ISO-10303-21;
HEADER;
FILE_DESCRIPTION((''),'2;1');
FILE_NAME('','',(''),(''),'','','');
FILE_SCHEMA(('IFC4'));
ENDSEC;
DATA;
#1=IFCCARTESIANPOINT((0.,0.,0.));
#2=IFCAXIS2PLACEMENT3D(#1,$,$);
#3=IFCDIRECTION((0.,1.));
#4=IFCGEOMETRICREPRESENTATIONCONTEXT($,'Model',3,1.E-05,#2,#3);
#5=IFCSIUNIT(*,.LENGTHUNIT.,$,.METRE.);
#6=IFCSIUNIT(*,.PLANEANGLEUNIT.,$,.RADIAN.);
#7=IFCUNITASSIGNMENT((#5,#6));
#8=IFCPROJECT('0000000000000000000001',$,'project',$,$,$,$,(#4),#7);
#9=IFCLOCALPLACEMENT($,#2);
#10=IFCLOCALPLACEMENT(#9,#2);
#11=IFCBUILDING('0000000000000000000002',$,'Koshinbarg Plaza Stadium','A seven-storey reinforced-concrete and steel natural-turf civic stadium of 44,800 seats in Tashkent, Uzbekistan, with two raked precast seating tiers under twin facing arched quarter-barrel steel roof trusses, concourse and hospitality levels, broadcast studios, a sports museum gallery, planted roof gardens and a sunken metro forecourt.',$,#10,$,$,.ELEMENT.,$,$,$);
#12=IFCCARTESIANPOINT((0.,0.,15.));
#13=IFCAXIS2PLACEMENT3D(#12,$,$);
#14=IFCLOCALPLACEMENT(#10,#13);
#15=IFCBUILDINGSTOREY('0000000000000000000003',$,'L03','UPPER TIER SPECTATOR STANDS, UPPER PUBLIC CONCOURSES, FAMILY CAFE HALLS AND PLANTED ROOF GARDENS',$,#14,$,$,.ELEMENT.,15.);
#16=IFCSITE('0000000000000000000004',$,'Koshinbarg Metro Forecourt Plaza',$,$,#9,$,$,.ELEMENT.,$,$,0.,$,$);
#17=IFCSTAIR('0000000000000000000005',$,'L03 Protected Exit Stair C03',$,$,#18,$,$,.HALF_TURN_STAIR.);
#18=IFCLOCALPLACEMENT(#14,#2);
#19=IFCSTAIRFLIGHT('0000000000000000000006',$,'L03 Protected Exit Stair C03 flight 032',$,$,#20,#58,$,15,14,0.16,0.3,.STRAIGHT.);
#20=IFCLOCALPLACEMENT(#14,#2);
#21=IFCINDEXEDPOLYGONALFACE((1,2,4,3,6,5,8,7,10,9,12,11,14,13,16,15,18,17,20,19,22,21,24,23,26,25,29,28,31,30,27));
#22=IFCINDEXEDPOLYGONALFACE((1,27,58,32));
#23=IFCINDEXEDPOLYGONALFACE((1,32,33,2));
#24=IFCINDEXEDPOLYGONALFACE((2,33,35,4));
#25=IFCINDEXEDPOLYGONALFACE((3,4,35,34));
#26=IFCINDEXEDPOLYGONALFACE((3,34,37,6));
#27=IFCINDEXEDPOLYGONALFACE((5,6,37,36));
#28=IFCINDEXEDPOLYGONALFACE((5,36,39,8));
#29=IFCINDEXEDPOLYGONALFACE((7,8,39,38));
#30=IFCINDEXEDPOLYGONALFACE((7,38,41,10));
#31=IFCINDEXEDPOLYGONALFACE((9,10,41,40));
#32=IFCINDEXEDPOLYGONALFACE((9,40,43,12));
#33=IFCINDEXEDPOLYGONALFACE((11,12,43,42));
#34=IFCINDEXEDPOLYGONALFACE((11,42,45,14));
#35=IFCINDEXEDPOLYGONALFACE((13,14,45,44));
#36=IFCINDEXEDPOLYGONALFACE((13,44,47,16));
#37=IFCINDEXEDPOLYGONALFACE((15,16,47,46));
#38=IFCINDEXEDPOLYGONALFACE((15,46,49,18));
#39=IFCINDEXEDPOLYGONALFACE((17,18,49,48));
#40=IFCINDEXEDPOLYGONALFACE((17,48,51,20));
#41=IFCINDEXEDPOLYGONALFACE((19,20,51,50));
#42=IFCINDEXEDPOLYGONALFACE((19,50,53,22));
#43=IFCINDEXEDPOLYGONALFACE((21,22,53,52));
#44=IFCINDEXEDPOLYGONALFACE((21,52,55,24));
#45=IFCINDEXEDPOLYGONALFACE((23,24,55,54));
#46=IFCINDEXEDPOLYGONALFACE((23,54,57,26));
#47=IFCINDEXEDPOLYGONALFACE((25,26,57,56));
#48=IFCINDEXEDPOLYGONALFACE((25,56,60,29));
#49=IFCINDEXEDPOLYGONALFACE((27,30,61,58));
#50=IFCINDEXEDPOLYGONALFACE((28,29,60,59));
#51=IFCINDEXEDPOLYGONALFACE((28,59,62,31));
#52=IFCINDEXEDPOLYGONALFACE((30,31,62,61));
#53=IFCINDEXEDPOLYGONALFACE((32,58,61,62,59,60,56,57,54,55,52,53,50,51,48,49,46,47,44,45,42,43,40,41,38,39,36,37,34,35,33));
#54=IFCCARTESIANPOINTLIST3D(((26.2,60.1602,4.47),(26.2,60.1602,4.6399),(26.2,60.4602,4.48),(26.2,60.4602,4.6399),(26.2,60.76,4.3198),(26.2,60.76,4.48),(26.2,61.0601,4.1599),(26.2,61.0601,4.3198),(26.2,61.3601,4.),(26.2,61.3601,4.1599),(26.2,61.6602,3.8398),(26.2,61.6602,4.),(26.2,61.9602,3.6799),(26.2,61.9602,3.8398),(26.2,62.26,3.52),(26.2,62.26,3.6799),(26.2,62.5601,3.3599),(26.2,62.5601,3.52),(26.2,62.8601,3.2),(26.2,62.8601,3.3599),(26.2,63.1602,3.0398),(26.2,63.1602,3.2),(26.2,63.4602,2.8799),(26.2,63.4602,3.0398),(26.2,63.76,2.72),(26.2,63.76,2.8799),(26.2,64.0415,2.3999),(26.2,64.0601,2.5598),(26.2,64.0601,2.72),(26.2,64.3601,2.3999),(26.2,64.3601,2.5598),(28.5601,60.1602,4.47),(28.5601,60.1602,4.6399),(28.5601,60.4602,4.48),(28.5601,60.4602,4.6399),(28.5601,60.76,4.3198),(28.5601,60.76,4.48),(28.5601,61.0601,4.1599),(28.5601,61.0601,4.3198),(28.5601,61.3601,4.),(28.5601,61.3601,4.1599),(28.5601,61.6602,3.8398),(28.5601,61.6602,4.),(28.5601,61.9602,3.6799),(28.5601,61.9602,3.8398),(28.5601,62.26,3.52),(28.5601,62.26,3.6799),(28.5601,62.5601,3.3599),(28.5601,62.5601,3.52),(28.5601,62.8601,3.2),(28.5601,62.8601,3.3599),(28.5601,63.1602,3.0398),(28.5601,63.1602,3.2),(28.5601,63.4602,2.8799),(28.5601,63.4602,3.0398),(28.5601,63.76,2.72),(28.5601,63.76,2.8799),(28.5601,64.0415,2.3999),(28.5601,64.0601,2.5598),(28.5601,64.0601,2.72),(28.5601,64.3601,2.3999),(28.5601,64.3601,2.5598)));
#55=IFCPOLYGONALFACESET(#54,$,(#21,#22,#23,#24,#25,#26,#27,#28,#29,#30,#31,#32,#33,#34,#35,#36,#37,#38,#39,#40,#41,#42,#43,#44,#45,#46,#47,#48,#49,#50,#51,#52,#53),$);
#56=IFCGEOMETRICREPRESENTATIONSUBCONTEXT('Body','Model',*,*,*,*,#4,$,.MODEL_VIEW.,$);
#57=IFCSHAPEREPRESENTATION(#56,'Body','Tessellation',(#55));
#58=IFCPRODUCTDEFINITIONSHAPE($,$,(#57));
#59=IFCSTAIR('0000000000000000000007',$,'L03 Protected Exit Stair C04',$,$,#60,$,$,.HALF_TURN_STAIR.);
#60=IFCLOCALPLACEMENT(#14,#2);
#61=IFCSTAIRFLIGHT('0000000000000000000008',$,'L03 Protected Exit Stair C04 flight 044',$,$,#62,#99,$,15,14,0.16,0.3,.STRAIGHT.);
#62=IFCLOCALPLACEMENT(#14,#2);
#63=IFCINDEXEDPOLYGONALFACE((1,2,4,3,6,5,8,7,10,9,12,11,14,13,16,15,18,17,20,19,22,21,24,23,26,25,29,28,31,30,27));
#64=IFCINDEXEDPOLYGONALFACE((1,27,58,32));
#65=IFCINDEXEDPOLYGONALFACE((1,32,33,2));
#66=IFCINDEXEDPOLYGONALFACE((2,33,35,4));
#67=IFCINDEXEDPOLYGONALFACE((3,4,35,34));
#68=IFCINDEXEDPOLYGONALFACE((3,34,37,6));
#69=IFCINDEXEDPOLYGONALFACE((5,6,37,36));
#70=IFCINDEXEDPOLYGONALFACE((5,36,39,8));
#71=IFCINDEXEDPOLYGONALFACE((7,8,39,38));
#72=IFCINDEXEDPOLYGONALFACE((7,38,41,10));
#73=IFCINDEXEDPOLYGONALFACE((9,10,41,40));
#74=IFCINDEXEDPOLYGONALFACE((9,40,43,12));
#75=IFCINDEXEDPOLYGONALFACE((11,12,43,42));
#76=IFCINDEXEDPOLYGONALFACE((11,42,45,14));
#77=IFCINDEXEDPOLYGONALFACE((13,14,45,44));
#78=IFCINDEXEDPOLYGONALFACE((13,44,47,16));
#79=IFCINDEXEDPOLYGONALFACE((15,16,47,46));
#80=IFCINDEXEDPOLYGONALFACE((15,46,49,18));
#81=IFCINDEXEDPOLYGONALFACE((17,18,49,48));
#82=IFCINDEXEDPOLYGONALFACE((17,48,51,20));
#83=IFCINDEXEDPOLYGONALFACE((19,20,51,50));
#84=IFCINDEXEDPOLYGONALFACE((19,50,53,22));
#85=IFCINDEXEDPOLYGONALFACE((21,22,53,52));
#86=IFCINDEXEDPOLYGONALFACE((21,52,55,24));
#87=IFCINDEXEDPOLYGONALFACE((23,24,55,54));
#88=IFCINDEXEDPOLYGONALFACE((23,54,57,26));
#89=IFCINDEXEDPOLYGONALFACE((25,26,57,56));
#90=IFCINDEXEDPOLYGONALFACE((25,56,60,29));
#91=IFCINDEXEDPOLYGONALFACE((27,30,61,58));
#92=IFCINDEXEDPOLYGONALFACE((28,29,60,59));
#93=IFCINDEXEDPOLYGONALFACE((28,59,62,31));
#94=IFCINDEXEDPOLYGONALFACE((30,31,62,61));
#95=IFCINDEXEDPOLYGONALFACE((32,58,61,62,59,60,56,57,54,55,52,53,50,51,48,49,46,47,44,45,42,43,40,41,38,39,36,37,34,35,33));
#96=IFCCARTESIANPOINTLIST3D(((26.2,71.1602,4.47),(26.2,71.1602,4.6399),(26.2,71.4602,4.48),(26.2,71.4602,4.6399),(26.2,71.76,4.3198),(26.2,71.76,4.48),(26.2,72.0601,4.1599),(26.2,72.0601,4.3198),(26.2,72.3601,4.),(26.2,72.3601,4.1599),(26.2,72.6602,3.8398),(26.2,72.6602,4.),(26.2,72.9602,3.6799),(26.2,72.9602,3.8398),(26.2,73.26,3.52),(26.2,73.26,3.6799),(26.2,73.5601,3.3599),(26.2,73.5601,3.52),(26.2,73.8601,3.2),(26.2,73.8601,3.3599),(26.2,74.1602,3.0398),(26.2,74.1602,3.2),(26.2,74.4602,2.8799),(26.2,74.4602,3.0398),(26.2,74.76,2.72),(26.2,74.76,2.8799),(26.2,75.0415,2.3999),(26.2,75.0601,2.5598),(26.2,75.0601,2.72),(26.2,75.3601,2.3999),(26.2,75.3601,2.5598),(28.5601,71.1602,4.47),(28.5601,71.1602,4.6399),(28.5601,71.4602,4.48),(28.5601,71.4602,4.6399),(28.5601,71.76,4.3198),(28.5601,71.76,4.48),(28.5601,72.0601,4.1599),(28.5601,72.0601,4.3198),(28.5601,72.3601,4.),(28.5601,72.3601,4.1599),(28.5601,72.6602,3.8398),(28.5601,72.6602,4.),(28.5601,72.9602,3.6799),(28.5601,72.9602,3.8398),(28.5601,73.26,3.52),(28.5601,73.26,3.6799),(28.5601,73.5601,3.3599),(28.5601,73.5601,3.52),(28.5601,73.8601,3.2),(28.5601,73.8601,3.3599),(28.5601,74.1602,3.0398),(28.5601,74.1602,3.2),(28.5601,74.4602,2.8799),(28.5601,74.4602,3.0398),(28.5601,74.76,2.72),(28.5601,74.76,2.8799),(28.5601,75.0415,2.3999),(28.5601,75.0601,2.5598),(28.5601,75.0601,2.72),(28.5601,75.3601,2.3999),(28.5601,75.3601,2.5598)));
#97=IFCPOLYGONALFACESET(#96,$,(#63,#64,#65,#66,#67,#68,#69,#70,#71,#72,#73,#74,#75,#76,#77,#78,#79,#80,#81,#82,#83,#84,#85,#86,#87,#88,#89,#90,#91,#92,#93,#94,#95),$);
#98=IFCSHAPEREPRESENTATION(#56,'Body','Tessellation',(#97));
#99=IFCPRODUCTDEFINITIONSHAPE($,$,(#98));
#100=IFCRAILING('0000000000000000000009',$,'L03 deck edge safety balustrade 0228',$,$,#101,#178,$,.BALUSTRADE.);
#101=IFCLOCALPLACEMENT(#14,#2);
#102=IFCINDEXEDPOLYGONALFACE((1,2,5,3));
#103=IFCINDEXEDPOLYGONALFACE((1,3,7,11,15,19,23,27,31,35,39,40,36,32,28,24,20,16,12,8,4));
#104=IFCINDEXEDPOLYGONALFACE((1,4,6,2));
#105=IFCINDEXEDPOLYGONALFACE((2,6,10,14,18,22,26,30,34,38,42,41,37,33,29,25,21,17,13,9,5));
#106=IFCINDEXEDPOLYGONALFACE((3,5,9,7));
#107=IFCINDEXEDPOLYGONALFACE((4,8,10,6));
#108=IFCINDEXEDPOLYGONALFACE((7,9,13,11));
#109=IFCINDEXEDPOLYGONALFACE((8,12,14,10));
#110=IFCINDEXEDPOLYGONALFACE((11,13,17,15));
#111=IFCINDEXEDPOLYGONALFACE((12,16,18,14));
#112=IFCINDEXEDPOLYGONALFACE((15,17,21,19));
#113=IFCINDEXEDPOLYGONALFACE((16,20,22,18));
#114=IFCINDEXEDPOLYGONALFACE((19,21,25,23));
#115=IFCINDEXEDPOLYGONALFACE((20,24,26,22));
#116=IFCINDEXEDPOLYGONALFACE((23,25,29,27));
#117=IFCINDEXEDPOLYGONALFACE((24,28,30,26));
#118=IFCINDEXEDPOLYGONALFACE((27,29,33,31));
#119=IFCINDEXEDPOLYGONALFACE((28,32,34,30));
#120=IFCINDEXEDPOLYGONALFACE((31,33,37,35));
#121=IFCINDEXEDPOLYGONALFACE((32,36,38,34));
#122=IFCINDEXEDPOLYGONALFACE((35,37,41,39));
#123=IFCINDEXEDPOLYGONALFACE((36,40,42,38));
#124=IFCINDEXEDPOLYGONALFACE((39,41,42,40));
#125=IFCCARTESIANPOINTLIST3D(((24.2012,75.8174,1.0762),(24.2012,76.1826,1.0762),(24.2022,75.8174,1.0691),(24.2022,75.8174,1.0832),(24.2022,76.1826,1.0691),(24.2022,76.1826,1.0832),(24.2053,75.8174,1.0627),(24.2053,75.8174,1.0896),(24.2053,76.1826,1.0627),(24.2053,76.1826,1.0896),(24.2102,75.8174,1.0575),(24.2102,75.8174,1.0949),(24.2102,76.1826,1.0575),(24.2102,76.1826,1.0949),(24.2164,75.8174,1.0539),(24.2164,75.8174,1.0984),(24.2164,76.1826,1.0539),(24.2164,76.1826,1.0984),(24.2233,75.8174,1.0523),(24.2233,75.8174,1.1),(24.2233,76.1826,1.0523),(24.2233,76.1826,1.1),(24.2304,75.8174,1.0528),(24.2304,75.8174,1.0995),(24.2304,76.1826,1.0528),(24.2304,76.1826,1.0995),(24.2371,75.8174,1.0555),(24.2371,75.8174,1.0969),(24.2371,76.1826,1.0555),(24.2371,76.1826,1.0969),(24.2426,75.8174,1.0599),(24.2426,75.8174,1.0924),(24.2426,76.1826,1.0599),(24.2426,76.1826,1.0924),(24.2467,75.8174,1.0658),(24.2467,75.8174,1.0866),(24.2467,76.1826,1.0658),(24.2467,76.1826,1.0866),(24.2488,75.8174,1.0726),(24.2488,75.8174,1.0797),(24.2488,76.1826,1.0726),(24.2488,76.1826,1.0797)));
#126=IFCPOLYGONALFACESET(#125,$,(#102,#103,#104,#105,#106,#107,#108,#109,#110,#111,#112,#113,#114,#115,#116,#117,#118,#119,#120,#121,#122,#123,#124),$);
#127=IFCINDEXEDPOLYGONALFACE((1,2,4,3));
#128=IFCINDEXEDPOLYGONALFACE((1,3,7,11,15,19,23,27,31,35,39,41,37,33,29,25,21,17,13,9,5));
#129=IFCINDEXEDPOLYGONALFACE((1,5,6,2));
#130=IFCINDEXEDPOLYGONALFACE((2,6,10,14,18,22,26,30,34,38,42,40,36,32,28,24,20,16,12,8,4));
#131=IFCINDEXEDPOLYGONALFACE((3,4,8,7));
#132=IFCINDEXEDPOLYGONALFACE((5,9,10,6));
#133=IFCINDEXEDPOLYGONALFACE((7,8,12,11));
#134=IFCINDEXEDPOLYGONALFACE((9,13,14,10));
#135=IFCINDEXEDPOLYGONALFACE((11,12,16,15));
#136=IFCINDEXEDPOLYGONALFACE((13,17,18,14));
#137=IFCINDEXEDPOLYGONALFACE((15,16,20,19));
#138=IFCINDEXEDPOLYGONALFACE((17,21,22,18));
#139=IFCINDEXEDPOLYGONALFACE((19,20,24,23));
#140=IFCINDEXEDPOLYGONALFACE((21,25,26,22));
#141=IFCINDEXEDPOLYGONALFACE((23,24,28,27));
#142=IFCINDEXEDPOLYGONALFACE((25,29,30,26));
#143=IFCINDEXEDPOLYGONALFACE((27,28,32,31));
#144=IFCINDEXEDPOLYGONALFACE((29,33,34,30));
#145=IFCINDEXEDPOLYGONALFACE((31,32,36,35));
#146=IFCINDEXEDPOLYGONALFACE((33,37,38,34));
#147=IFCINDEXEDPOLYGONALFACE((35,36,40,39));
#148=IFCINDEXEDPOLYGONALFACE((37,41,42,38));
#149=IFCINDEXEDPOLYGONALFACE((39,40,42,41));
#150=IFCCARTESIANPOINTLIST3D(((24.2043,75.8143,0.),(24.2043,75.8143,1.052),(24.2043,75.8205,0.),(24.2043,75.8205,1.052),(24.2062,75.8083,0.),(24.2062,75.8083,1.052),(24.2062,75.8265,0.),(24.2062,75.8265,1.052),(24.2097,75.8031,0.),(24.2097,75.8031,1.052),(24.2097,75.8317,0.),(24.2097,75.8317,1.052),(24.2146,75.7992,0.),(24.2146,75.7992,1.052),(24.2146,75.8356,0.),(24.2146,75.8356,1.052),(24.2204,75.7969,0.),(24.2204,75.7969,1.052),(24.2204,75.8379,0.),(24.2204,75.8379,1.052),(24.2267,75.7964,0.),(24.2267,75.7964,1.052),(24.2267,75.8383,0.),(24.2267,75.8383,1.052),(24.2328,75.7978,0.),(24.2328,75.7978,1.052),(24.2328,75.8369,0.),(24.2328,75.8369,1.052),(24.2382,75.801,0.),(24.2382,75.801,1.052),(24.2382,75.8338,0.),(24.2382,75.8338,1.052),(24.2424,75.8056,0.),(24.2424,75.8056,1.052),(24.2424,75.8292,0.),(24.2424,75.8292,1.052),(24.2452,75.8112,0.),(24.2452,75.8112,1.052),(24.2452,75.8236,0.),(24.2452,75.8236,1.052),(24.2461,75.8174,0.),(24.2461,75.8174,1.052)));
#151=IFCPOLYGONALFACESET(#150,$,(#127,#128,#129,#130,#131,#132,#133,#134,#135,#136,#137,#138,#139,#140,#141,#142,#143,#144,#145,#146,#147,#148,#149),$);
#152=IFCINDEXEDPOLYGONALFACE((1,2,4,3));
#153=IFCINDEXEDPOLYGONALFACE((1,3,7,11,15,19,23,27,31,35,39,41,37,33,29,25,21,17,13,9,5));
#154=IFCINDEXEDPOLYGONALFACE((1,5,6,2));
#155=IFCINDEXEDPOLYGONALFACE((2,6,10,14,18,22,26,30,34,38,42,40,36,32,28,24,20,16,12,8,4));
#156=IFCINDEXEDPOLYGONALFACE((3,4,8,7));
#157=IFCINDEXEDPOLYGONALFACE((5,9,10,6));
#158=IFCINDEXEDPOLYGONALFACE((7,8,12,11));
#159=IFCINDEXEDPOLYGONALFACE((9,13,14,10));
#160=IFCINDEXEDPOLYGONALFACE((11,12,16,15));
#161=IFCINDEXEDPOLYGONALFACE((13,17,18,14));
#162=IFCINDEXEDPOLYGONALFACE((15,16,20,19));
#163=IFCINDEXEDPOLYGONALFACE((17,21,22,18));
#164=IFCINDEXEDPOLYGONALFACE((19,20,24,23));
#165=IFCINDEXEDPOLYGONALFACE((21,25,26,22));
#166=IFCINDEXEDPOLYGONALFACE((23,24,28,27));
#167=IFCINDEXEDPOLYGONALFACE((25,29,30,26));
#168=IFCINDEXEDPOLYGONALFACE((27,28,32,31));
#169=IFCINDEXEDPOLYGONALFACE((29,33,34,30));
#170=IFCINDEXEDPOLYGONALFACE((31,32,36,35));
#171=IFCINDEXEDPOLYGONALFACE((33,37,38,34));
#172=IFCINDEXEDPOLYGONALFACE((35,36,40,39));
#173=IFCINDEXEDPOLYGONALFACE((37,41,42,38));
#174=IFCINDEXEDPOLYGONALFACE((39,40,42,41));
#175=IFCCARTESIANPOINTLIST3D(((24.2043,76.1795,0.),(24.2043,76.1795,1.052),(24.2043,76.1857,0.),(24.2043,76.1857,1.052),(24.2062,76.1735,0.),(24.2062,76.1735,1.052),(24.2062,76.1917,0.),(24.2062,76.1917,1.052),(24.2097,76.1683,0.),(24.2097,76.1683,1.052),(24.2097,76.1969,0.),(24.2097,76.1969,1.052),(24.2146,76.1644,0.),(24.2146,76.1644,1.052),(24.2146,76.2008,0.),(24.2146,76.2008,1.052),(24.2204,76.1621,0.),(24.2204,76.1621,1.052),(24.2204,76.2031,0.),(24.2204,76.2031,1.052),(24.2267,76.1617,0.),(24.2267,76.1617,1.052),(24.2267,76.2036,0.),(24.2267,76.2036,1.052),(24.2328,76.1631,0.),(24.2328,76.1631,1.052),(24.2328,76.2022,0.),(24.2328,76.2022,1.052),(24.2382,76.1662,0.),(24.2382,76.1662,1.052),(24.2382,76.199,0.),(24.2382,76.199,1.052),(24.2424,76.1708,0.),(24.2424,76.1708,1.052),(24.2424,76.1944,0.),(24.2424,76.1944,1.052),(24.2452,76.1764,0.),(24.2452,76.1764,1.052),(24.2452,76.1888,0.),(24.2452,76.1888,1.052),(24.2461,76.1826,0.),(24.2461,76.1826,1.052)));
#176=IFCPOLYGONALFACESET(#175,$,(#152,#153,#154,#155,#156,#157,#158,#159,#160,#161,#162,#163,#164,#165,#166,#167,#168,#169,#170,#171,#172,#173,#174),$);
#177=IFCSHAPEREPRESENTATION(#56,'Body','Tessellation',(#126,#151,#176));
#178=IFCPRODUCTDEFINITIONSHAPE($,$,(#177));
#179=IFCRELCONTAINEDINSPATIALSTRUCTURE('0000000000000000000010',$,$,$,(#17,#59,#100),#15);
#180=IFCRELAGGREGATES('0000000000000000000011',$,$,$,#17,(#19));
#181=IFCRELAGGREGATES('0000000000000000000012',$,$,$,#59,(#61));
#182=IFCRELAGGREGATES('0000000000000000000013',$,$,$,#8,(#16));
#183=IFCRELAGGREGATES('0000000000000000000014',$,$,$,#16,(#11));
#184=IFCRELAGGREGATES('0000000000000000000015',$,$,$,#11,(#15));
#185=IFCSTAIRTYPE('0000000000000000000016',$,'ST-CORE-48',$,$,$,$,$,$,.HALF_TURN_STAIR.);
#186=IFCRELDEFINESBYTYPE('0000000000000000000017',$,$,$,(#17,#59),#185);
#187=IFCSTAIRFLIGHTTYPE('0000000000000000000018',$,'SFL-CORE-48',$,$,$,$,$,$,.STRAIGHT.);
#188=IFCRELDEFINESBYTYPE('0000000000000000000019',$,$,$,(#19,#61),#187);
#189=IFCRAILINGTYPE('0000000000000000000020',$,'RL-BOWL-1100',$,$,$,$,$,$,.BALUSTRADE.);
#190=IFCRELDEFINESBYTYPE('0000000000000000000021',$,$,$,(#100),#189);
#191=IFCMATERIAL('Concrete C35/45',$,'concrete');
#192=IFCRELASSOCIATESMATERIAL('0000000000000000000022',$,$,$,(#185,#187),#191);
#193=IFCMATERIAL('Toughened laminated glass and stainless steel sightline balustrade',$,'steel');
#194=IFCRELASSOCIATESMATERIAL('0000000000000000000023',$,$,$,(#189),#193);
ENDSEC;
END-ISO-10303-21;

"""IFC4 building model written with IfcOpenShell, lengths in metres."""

from ifc_helpers import new_model, si_unit, direction, frame, origin, origin_2d, place, context, subcontext, project, spatial, polyline, circle, outline, extrude, material, type_object, element, aggregate, save


model = new_model("IFC4")

# Units and contexts
model_context = context("Model", 3, precision=1e-05, world=origin(), true_north=direction((0.0, 1.0)))
body_context = subcontext(model_context, "Body", "Model", "MODEL_VIEW")
ifc_project = project(units=[si_unit("LENGTHUNIT", "METRE"), si_unit("PLANEANGLEUNIT", "RADIAN")], contexts=[model_context])

# Site, building, storey
site_placement = place(None, origin())
site = spatial("IfcSite", under=ifc_project, at=site_placement, Name="Koshinbarg Metro Forecourt Plaza", CompositionType="ELEMENT", RefElevation=0.0)
building_placement = place(site_placement, origin())
building = spatial("IfcBuilding", under=site, at=building_placement, Name="Koshinbarg Plaza Stadium", Description="A seven-storey reinforced-concrete and steel natural-turf civic stadium of 44,800 seats in Tashkent, Uzbekistan, with two raked precast seating tiers under twin facing arched quarter-barrel steel roof trusses, concourse and hospitality levels, broadcast studios, a sports museum gallery, planted roof gardens and a sunken metro forecourt.", CompositionType="ELEMENT")
storey_placement = place(building_placement, frame((0.0, 0.0, 15.0)))
storey = spatial("IfcBuildingStorey", under=building, at=storey_placement, Name="L03", Description="UPPER TIER SPECTATOR STANDS, UPPER PUBLIC CONCOURSES, FAMILY CAFE HALLS AND PLANTED ROOF GARDENS", CompositionType="ELEMENT", Elevation=15.0)

# Stairs, stair flights
ifc_material_1 = material(Name="Concrete C35/45", Category="concrete")
stair_type = type_object("IfcStairType", Name="ST-CORE-48", PredefinedType="HALF_TURN_STAIR", material=ifc_material_1)
stair_1_placement = place(storey_placement, origin())
stair_1 = element("IfcStair", 1, at=stair_1_placement, inside=storey, type_object=stair_type, Name="L03 Protected Exit Stair C03", PredefinedType="HALF_TURN_STAIR")
stair_flight_type = type_object("IfcStairFlightType", Name="SFL-CORE-48", PredefinedType="STRAIGHT", material=ifc_material_1)
stair_flight_1_placement = place(storey_placement, frame((27.3799, 64.3601, 2.3999), z_axis=(0.0, 0.0, 1.0), x_axis=(0.0, -1.0, 0.0)))
stair_flight_1 = element("IfcStairFlight", 2, at=stair_flight_1_placement, type_object=stair_flight_type, Name="L03 Protected Exit Stair C03 flight 032", NumberOfRisers=15, NumberOfTreads=14, PredefinedType="STRAIGHT", RiserHeight=0.16, TreadLength=0.3, context=body_context, shape_type="SweptSolid", body=[
    extrude(outline(polyline([(0.0, 0.0), (0.0, 0.1599), (0.3, 0.1599), (0.3, 0.3201), (0.6001, 0.3201), (0.6001, 0.48), (0.8999, 0.48), (0.8999, 0.6399), (1.2, 0.6399), (1.2, 0.8), (1.5, 0.8), (1.5, 0.96), (1.8, 0.96), (1.8, 1.1201), (2.1001, 1.1201), (2.1001, 1.28), (2.3999, 1.28), (2.3999, 1.4399), (2.7, 1.4399), (2.7, 1.6001), (3.0, 1.6001), (3.0, 1.76), (3.3, 1.76), (3.3, 1.9199), (3.6001, 1.9199), (3.6001, 2.0801), (3.8999, 2.0801), (3.8999, 2.24), (4.2, 2.24), (4.2, 2.3999), (4.2, 2.0701), (0.3186, 0.0), (0.0, 0.0)])), frame((0.0, 1.1802, 0.0), z_axis=(0.0, -1.0, 0.0), x_axis=(1.0, 0.0, 0.0)), (0.0, 0.0, 1.0), 2.3601),
])
aggregate(stair_1, [stair_flight_1])
stair_2_placement = place(storey_placement, origin())
stair_2 = element("IfcStair", 3, at=stair_2_placement, inside=storey, type_object=stair_type, Name="L03 Protected Exit Stair C04", PredefinedType="HALF_TURN_STAIR")
stair_flight_2_placement = place(storey_placement, frame((27.3799, 75.3601, 2.3999), z_axis=(0.0, 0.0, 1.0), x_axis=(0.0, -1.0, 0.0)))
stair_flight_2 = element("IfcStairFlight", 4, at=stair_flight_2_placement, type_object=stair_flight_type, Name="L03 Protected Exit Stair C04 flight 044", NumberOfRisers=15, NumberOfTreads=14, PredefinedType="STRAIGHT", RiserHeight=0.16, TreadLength=0.3, context=body_context, shape_type="SweptSolid", body=[
    extrude(outline(polyline([(0.0, 0.0), (0.0, 0.1599), (0.3, 0.1599), (0.3, 0.3201), (0.6001, 0.3201), (0.6001, 0.48), (0.8999, 0.48), (0.8999, 0.6399), (1.2, 0.6399), (1.2, 0.8), (1.5, 0.8), (1.5, 0.96), (1.8, 0.96), (1.8, 1.1201), (2.1001, 1.1201), (2.1001, 1.28), (2.3999, 1.28), (2.3999, 1.4399), (2.7, 1.4399), (2.7, 1.6001), (3.0, 1.6001), (3.0, 1.76), (3.3, 1.76), (3.3, 1.9199), (3.6001, 1.9199), (3.6001, 2.0801), (3.8999, 2.0801), (3.8999, 2.24), (4.2, 2.24), (4.2, 2.3999), (4.2, 2.0701), (0.3186, 0.0), (0.0, 0.0)])), frame((0.0, 1.1802, 0.0), z_axis=(0.0, -1.0, 0.0), x_axis=(1.0, 0.0, 0.0)), (0.0, 0.0, 1.0), 2.3601),
])
aggregate(stair_2, [stair_flight_2])

# Railing
ifc_material_2 = material(Name="Toughened laminated glass and stainless steel sightline balustrade", Category="steel")
railing_type_1 = type_object("IfcRailingType", Name="RL-BOWL-1100", PredefinedType="BALUSTRADE", material=ifc_material_2)
railing_1_placement = place(storey_placement, frame((24.2251, 75.8174, 0.0)))
element("IfcRailing", 5, at=railing_1_placement, inside=storey, type_object=railing_type_1, Name="L03 deck edge safety balustrade 0228", PredefinedType="BALUSTRADE", context=body_context, shape_type="SweptSolid", body=[
    extrude(circle(Radius=0.0239, at=origin_2d()), frame((0.0, 0.0, 1.0762), z_axis=(0.0, 1.0, 0.0), x_axis=(-1.0, 0.0, 0.0)), (0.0, 0.0, 1.0), 0.3652),
    extrude(circle(Radius=0.021, at=origin_2d()), origin(), (0.0, 0.0, 1.0), 1.052),
    extrude(circle(Radius=0.021, at=origin_2d()), frame((0.0, 0.3652, 0.0)), (0.0, 0.0, 1.0), 1.052),
])

save(model, "model.ifc")
